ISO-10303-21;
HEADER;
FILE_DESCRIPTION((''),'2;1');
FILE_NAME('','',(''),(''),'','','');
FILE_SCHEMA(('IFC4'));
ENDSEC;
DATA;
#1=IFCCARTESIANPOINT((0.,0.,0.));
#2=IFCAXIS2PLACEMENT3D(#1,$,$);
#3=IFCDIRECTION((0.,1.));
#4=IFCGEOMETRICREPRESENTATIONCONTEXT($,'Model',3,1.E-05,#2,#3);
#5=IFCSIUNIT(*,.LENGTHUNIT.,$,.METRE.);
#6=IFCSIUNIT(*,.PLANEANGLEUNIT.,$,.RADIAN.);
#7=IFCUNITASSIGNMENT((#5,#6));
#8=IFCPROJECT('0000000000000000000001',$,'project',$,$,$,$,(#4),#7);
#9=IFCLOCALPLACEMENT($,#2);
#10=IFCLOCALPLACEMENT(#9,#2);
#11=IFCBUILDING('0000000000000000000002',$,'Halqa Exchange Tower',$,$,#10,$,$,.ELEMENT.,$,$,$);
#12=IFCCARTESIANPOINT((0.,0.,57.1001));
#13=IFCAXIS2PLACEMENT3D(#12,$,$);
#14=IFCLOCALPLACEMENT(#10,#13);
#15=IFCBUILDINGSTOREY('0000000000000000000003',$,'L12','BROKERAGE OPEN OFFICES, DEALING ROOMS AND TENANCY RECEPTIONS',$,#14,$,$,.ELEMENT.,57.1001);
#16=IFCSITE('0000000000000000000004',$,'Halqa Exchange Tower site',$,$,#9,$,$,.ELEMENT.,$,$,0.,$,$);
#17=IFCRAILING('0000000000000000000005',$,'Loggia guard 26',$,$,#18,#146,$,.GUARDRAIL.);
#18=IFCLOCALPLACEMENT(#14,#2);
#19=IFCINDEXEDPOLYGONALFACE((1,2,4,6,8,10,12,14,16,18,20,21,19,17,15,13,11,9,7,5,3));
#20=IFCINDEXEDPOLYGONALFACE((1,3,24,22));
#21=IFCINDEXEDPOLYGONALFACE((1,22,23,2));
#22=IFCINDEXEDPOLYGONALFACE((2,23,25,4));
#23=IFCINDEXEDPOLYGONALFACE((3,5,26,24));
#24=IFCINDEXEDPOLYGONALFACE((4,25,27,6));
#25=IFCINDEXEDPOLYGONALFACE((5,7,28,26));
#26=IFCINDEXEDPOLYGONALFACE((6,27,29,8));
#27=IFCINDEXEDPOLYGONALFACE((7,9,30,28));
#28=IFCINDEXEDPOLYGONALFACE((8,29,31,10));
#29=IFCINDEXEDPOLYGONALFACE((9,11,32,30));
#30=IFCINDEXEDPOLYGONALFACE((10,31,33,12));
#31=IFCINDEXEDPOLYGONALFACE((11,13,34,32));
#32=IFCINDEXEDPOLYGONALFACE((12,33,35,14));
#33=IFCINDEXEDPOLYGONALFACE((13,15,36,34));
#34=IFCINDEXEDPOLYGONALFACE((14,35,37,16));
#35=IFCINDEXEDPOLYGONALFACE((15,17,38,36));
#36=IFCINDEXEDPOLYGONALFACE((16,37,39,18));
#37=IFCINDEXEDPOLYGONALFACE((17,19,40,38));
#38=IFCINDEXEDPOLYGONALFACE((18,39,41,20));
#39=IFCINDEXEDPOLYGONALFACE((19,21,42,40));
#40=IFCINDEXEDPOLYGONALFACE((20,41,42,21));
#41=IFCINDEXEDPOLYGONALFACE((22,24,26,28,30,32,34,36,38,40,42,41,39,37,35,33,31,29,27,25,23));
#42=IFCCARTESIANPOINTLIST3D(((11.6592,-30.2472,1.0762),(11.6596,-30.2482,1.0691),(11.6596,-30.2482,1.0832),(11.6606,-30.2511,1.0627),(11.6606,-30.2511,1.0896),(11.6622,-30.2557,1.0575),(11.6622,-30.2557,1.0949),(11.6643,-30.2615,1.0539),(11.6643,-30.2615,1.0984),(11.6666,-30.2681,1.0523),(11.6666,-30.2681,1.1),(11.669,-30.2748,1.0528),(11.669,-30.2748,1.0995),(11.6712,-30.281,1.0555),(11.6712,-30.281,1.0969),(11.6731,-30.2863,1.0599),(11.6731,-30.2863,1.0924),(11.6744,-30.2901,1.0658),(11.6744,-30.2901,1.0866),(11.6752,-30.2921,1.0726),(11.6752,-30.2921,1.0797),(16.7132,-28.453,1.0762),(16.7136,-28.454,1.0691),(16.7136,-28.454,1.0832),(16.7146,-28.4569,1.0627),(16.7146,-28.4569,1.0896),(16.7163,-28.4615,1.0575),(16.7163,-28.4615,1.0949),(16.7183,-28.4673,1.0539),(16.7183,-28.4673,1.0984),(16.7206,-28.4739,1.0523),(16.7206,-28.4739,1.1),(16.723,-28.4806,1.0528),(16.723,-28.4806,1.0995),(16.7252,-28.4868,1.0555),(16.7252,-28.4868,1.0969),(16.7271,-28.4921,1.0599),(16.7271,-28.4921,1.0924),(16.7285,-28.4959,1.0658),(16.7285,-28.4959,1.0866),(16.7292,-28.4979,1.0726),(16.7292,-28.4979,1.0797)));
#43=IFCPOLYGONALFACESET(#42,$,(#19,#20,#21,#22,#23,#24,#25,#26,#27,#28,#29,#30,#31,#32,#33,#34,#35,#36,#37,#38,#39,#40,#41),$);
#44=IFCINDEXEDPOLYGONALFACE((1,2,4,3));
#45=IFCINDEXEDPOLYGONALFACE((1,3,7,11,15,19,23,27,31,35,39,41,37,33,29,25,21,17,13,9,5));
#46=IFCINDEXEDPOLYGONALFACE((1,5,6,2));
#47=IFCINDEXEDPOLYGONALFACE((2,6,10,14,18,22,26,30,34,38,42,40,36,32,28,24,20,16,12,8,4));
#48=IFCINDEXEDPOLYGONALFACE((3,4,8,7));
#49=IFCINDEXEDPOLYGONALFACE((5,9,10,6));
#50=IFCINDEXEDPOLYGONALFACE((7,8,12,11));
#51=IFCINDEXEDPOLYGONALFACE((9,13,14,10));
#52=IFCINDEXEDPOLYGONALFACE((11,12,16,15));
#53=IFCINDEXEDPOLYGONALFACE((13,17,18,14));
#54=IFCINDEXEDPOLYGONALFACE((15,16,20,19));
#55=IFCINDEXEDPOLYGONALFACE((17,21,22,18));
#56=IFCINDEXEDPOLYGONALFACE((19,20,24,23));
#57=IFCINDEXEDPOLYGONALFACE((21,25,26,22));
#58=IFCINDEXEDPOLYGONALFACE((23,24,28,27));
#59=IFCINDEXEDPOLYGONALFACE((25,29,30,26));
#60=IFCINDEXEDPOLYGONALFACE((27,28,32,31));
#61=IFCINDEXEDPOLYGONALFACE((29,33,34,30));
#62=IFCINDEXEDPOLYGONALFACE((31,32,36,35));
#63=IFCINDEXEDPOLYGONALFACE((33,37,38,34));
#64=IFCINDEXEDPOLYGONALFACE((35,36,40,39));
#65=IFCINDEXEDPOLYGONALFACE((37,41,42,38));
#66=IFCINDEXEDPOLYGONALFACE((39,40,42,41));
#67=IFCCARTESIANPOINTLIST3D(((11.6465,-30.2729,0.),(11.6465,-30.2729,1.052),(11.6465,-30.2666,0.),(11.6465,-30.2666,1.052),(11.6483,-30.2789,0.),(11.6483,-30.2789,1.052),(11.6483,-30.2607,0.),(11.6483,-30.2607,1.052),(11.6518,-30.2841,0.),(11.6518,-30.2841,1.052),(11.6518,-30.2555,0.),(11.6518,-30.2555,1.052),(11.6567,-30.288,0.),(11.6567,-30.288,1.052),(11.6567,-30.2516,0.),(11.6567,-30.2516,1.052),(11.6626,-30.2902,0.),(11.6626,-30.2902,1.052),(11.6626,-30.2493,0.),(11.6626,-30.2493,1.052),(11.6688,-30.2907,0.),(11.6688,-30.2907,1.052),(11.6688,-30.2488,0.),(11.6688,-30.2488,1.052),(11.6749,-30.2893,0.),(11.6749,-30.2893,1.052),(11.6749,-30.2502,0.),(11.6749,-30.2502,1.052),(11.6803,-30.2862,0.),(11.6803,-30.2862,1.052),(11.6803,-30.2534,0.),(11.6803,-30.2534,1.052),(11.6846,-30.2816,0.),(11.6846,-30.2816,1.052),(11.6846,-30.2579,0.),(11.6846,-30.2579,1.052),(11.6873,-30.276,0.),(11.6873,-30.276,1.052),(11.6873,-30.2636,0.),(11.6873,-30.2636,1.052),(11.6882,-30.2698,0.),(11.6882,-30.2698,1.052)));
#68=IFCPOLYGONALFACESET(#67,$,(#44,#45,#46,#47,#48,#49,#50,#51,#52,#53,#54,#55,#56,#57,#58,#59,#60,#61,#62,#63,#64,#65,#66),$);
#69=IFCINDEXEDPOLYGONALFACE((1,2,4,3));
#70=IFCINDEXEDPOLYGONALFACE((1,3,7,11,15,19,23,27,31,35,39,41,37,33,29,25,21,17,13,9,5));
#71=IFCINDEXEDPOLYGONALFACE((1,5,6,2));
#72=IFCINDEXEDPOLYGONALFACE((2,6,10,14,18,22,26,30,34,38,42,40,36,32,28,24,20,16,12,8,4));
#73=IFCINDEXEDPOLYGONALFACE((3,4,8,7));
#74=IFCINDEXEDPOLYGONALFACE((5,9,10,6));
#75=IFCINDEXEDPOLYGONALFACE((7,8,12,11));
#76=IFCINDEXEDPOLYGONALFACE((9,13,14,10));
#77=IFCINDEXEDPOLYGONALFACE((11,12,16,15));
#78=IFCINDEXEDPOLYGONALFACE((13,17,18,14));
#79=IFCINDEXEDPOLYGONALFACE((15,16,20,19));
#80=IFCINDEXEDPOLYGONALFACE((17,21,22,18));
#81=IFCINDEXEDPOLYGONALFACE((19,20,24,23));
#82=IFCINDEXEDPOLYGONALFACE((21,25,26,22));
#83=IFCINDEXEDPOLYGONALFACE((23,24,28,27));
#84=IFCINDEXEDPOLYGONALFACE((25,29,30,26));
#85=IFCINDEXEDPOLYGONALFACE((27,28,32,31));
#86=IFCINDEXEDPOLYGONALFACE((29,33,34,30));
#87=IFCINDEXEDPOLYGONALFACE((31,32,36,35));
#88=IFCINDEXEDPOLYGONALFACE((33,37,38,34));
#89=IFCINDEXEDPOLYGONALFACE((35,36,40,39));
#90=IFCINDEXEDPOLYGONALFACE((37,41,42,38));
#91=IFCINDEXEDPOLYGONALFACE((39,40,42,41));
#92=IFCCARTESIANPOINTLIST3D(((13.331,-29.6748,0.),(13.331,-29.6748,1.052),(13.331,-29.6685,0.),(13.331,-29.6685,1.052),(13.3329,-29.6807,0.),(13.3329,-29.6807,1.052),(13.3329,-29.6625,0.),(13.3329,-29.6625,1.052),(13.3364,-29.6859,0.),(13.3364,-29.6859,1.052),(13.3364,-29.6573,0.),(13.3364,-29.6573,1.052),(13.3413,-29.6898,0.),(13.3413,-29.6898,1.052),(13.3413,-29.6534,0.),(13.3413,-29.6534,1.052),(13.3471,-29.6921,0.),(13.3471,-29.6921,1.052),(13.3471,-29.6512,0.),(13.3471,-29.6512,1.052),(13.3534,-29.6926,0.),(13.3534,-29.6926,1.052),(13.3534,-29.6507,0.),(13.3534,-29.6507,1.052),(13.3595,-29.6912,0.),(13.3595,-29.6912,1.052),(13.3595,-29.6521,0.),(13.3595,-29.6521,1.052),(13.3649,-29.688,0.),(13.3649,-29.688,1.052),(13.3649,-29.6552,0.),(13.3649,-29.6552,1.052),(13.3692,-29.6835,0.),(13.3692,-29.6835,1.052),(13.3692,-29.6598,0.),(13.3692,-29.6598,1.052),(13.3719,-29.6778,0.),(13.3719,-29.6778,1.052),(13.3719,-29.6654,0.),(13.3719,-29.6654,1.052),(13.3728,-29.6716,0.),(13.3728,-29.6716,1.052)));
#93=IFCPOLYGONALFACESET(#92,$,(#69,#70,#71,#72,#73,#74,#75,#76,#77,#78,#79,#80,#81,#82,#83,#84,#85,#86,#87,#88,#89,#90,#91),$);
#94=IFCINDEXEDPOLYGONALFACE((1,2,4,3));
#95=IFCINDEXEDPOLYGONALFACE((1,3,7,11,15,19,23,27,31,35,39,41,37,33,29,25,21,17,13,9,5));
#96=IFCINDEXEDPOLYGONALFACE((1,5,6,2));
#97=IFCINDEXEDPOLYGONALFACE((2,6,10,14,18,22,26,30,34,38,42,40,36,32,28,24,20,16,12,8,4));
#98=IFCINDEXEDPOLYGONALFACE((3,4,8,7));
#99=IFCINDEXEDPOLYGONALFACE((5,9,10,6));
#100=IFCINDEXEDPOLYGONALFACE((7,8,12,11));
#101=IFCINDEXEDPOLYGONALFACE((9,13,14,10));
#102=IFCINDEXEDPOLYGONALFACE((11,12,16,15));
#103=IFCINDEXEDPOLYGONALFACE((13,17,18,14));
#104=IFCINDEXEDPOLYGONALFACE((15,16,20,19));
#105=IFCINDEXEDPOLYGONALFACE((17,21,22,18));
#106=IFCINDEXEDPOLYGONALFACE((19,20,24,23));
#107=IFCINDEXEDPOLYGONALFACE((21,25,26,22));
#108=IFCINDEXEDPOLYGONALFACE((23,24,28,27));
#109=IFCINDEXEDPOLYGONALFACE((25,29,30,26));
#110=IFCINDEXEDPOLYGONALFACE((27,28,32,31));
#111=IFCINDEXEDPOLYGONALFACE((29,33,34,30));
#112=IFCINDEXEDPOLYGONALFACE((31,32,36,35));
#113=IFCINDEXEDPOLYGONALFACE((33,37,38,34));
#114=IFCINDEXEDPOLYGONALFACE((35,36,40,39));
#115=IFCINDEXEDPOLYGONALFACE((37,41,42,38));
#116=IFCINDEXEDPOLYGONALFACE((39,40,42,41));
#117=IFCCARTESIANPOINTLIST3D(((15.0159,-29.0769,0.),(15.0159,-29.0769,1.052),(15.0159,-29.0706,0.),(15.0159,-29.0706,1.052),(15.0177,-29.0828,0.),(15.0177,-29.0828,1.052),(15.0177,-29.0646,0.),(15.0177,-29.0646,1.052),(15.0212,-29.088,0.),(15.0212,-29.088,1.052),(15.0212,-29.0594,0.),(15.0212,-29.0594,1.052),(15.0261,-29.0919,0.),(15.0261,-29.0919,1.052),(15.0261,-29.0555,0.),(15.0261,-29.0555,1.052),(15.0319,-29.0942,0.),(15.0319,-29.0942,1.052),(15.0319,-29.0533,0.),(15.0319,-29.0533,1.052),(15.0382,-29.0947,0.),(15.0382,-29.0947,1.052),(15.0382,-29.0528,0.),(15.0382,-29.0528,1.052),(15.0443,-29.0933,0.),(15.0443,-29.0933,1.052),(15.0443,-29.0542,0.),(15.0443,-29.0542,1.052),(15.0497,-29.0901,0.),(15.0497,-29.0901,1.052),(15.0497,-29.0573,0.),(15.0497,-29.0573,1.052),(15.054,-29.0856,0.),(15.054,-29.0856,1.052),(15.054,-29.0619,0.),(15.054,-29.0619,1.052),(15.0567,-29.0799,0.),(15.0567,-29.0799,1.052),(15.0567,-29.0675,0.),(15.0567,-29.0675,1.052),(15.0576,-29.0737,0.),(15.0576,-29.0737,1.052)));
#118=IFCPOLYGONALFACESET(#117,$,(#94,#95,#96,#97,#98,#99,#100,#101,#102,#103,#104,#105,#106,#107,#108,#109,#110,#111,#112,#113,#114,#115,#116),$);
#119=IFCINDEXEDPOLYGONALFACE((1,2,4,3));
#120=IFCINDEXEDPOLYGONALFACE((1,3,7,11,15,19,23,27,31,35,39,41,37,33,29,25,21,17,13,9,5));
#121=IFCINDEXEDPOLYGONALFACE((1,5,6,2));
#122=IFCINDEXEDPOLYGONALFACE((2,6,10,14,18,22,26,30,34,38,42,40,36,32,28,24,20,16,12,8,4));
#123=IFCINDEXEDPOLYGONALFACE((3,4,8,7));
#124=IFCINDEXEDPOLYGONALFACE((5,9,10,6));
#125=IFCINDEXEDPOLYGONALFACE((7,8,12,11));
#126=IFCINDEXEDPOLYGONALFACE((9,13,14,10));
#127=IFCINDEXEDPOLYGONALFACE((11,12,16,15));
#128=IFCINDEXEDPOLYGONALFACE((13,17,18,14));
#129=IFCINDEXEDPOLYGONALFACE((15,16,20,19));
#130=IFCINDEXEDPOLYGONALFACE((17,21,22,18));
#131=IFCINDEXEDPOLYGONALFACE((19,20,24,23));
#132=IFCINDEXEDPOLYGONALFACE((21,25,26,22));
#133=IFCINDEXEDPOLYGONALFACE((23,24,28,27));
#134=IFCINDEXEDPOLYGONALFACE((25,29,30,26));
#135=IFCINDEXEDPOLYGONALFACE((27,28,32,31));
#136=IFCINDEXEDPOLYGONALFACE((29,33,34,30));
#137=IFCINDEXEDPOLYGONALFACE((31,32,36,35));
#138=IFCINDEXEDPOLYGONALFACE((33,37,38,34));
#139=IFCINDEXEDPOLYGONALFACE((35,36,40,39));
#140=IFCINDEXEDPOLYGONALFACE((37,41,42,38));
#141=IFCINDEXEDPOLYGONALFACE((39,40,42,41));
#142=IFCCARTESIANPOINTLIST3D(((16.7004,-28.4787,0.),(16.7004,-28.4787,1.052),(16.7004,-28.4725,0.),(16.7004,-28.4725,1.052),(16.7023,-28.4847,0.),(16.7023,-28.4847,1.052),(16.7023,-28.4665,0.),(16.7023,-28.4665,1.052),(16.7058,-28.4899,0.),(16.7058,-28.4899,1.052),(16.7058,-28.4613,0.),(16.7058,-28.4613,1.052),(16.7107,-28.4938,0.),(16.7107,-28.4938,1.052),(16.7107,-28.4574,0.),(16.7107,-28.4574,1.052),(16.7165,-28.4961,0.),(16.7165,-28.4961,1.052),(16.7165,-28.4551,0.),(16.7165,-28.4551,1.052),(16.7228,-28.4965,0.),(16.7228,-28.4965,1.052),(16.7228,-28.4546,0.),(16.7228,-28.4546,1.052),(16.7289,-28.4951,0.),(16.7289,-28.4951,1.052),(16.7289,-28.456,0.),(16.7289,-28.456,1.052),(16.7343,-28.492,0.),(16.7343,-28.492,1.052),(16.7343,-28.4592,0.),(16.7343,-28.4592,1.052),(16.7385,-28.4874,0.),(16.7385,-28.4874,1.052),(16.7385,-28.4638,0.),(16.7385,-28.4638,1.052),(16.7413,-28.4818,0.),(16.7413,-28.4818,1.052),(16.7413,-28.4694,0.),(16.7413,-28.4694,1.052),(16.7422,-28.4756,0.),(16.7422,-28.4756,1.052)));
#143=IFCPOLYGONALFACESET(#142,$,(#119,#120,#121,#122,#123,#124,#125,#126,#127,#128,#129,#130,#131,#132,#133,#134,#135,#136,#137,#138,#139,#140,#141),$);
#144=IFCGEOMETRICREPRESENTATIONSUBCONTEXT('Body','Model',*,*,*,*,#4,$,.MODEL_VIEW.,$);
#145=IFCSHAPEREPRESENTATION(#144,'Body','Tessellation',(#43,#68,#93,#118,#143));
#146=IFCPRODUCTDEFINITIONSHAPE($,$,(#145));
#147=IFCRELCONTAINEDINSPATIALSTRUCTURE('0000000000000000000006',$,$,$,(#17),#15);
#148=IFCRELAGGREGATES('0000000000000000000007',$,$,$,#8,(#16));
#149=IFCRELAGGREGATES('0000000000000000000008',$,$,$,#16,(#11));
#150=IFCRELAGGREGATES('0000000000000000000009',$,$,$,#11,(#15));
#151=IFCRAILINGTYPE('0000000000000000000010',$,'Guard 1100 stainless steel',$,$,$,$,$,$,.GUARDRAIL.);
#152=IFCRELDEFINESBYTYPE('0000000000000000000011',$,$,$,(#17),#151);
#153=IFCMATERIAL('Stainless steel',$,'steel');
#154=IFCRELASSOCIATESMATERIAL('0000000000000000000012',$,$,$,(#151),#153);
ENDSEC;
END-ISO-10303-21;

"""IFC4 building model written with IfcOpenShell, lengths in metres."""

from ifc_helpers import new_model, si_unit, direction, frame, origin, origin_2d, place, context, subcontext, project, spatial, circle, extrude, material, type_object, element, save


model = new_model("IFC4")

# Units and contexts
model_context = context("Model", 3, precision=1e-05, world=origin(), true_north=direction((0.0, 1.0)))
body_context = subcontext(model_context, "Body", "Model", "MODEL_VIEW")
ifc_project = project(units=[si_unit("LENGTHUNIT", "METRE"), si_unit("PLANEANGLEUNIT", "RADIAN")], contexts=[model_context])

# Site, building, storey
site_placement = place(None, origin())
site = spatial("IfcSite", under=ifc_project, at=site_placement, Name="Halqa Exchange Tower site", CompositionType="ELEMENT", RefElevation=0.0)
building_placement = place(site_placement, origin())
building = spatial("IfcBuilding", under=site, at=building_placement, Name="Halqa Exchange Tower", CompositionType="ELEMENT")
storey_placement = place(building_placement, frame((0.0, 0.0, 57.1001)))
storey = spatial("IfcBuildingStorey", under=building, at=storey_placement, Name="L12", Description="BROKERAGE OPEN OFFICES, DEALING ROOMS AND TENANCY RECEPTIONS", CompositionType="ELEMENT", Elevation=57.1001)

# Railing
ifc_material_1 = material(Name="Stainless steel", Category="steel")
railing_type = type_object("IfcRailingType", Name="Guard 1100 stainless steel", PredefinedType="GUARDRAIL", material=ifc_material_1)
railing_1_placement = place(storey_placement, frame((11.6672, -30.2698, 0.0)))
element("IfcRailing", 1, at=railing_1_placement, inside=storey, type_object=railing_type, Name="Loggia guard 26", PredefinedType="GUARDRAIL", context=body_context, shape_type="SweptSolid", body=[
    extrude(circle(Radius=0.0239, at=origin_2d()), frame((0.0, 0.0, 1.0762), z_axis=(0.942378, 0.334551, 0.0), x_axis=(-0.334551, 0.942378, 0.0)), (0.0, 0.0, 1.0), 5.363),
    extrude(circle(Radius=0.021, at=origin_2d()), origin(), (0.0, 0.0, 1.0), 1.052),
    extrude(circle(Radius=0.021, at=origin_2d()), frame((1.6846, 0.5981, 0.0)), (0.0, 0.0, 1.0), 1.052),
    extrude(circle(Radius=0.021, at=origin_2d()), frame((3.3694, 1.196, 0.0)), (0.0, 0.0, 1.0), 1.052),
    extrude(circle(Radius=0.021, at=origin_2d()), frame((5.054, 1.7942, 0.0)), (0.0, 0.0, 1.0), 1.052),
])

save(model, "model.ifc")
